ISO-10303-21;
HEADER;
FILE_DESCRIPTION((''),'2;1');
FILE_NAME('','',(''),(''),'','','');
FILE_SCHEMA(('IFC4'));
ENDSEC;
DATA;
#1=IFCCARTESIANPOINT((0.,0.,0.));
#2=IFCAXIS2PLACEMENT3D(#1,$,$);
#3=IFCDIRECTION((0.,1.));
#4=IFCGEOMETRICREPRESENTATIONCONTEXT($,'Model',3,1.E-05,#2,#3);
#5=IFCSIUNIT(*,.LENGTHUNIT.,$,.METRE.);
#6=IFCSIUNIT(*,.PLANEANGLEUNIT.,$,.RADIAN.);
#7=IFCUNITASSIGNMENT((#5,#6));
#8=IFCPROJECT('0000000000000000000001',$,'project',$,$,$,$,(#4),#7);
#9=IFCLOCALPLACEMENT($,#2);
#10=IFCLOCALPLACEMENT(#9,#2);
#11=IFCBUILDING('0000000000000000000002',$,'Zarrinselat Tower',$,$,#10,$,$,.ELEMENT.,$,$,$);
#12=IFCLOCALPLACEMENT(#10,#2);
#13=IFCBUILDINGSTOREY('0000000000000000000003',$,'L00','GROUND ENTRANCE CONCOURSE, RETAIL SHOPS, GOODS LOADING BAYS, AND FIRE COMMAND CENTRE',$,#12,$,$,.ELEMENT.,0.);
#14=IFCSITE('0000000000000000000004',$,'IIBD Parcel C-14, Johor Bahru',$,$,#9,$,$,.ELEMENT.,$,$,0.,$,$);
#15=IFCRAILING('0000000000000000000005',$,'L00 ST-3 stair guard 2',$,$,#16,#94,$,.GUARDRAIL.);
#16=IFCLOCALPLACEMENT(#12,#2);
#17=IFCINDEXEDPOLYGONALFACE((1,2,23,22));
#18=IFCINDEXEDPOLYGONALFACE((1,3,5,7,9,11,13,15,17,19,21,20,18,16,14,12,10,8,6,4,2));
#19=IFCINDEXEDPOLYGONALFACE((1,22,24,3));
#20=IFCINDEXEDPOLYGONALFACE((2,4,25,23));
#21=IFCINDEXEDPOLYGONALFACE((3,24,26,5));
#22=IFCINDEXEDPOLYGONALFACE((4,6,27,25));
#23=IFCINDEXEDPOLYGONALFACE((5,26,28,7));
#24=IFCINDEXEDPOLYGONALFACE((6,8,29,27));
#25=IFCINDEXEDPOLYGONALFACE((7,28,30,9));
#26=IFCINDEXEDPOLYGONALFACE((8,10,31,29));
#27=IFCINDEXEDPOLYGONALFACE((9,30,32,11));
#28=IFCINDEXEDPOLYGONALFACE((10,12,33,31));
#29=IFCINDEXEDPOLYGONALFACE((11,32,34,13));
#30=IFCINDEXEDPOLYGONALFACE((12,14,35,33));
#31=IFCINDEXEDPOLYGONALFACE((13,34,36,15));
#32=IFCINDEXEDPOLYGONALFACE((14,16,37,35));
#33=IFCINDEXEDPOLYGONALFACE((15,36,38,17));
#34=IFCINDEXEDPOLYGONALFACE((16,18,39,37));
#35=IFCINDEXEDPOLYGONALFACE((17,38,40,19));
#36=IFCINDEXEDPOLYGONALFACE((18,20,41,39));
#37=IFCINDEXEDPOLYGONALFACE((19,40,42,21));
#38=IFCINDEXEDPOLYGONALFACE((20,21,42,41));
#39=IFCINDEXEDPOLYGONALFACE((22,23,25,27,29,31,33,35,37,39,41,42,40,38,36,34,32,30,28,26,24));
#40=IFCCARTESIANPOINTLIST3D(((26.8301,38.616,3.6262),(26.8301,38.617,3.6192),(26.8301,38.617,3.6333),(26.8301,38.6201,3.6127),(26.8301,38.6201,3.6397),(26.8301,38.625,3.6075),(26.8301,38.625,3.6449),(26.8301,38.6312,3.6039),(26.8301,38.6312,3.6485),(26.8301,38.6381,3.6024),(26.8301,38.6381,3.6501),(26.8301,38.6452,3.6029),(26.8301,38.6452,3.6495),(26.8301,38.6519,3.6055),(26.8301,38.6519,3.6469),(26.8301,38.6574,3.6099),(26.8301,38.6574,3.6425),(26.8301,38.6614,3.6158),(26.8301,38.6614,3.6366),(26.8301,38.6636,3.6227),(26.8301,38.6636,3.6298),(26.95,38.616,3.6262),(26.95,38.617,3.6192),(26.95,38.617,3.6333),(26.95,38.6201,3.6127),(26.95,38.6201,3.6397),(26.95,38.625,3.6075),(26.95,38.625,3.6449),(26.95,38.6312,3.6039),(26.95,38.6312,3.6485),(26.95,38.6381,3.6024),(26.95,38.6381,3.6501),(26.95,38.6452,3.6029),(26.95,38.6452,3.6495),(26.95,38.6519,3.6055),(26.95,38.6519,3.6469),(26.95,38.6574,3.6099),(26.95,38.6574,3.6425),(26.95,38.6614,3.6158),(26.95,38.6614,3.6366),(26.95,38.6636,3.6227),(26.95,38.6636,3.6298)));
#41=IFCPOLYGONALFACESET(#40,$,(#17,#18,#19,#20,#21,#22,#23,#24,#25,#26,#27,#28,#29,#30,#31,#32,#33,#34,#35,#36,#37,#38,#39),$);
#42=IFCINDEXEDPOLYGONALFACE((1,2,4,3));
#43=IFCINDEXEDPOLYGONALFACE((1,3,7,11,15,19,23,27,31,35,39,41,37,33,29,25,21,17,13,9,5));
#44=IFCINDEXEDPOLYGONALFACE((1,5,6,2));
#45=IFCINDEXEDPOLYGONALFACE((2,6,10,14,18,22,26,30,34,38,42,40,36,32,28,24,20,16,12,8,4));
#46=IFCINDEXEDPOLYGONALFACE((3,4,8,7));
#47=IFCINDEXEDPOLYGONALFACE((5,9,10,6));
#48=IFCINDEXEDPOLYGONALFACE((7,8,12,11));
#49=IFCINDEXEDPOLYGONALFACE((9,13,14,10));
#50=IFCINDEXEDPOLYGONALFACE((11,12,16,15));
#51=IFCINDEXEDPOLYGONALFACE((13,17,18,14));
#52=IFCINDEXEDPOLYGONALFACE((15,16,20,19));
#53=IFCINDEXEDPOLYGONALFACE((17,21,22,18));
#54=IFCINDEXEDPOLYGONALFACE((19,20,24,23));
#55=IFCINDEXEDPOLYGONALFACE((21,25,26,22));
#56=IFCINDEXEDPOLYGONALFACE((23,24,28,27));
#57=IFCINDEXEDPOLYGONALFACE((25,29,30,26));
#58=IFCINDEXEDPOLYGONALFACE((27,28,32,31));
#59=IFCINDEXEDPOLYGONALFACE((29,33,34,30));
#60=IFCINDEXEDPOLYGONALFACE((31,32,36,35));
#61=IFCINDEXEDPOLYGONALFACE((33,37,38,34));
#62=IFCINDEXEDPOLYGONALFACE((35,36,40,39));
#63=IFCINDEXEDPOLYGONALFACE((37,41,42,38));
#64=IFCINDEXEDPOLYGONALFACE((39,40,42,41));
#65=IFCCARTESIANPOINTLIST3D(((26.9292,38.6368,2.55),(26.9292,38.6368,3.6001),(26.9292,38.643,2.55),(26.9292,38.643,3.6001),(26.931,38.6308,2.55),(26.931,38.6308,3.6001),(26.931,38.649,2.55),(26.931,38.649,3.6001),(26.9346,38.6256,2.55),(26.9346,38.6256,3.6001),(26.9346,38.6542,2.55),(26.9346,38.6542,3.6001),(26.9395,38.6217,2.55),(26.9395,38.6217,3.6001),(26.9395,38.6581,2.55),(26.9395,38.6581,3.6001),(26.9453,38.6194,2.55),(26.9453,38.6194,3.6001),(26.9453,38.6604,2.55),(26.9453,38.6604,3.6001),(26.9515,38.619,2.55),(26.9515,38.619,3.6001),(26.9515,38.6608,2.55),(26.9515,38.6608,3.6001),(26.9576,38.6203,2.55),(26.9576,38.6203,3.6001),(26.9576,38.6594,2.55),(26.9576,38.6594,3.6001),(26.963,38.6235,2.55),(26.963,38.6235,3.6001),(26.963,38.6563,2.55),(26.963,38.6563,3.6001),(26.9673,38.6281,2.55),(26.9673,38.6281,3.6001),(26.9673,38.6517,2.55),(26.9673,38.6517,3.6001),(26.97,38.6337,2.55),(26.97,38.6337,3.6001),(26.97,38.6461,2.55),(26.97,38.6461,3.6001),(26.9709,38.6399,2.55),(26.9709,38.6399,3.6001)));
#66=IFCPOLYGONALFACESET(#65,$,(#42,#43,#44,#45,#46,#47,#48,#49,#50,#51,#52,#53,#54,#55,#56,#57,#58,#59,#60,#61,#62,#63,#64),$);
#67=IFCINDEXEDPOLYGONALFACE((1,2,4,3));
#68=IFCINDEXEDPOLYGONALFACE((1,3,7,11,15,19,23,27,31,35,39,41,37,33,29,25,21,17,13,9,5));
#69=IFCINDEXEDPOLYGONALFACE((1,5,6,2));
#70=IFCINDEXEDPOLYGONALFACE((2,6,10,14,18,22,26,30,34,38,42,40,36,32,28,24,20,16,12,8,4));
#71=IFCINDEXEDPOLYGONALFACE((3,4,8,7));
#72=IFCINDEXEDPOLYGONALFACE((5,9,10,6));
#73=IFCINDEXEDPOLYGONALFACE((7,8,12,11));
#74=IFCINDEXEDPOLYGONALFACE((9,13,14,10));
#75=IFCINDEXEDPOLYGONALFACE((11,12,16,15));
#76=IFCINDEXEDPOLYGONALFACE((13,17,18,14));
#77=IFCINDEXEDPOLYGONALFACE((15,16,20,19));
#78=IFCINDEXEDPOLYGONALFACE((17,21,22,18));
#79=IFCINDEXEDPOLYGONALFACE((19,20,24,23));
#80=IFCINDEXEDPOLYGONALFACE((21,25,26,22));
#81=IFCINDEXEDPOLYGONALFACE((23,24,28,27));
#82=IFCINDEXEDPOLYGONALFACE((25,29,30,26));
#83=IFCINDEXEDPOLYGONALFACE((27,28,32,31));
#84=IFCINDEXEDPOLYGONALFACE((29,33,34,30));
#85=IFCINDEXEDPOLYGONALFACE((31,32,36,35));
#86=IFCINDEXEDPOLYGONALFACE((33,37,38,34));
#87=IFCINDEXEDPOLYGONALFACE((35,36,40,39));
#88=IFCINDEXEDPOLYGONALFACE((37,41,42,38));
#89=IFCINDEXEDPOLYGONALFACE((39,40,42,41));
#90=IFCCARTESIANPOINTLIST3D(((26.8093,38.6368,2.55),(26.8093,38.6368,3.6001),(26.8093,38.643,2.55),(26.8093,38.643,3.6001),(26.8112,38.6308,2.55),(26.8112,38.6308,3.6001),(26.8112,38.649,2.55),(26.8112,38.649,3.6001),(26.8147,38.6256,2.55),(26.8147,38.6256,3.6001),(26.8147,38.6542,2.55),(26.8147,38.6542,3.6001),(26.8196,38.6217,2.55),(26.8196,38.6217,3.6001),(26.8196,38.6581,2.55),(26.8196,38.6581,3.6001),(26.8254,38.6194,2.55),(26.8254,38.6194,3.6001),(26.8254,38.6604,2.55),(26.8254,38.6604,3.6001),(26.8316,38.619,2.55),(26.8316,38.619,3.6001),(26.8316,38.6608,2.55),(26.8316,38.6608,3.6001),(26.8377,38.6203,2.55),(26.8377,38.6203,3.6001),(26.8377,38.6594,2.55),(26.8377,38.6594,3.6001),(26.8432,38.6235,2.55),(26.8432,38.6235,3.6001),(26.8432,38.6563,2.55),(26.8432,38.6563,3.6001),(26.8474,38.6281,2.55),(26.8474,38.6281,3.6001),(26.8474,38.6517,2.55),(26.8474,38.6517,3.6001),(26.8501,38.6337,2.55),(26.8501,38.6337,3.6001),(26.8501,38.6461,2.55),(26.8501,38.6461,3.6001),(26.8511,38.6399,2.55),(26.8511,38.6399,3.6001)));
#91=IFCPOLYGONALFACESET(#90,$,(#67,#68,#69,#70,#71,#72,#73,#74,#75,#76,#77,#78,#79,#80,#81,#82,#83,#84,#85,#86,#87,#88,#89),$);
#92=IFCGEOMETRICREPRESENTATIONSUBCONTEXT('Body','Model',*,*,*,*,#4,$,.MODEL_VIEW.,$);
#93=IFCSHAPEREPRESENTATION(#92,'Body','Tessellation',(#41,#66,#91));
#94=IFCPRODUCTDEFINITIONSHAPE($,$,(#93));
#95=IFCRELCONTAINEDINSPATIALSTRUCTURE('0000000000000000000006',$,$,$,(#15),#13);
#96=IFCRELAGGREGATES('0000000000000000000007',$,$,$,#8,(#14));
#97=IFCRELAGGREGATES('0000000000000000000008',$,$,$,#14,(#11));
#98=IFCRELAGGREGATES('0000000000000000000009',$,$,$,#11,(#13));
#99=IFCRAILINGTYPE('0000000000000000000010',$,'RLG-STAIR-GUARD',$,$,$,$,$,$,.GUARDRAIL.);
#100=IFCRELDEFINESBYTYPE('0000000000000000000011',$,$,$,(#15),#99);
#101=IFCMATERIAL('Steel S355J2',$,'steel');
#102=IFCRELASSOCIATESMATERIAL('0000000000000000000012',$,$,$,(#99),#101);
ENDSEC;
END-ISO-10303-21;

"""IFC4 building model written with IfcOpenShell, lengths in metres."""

from ifc_helpers import new_model, si_unit, direction, frame, origin, origin_2d, place, context, subcontext, project, spatial, circle, extrude, material, type_object, element, save


model = new_model("IFC4")

# Units and contexts
model_context = context("Model", 3, precision=1e-05, world=origin(), true_north=direction((0.0, 1.0)))
body_context = subcontext(model_context, "Body", "Model", "MODEL_VIEW")
ifc_project = project(units=[si_unit("LENGTHUNIT", "METRE"), si_unit("PLANEANGLEUNIT", "RADIAN")], contexts=[model_context])

# Site, building, storey
site_placement = place(None, origin())
site = spatial("IfcSite", under=ifc_project, at=site_placement, Name="IIBD Parcel C-14, Johor Bahru", CompositionType="ELEMENT", RefElevation=0.0)
building_placement = place(site_placement, origin())
building = spatial("IfcBuilding", under=site, at=building_placement, Name="Zarrinselat Tower", CompositionType="ELEMENT")
storey_placement = place(building_placement, origin())
storey = spatial("IfcBuildingStorey", under=building, at=storey_placement, Name="L00", Description="GROUND ENTRANCE CONCOURSE, RETAIL SHOPS, GOODS LOADING BAYS, AND FIRE COMMAND CENTRE", CompositionType="ELEMENT", Elevation=0.0)

# Railing
ifc_material_1 = material(Name="Steel S355J2", Category="steel")
railing_type_1 = type_object("IfcRailingType", Name="RLG-STAIR-GUARD", PredefinedType="GUARDRAIL", material=ifc_material_1)
railing_1_placement = place(storey_placement, frame((26.95, 38.6399, 2.55)))
element("IfcRailing", 1, at=railing_1_placement, inside=storey, type_object=railing_type_1, Name="L00 ST-3 stair guard 2", PredefinedType="GUARDRAIL", context=body_context, shape_type="SweptSolid", body=[
    extrude(circle(Radius=0.0239, at=origin_2d()), frame((0.0, 0.0, 1.0762), z_axis=(-1.0, 0.0, 0.0), x_axis=(0.0, -1.0, 0.0)), (0.0, 0.0, 1.0), 0.1199),
    extrude(circle(Radius=0.021, at=origin_2d()), origin(), (0.0, 0.0, 1.0), 1.05),
    extrude(circle(Radius=0.021, at=origin_2d()), frame((-0.1199, 0.0, 0.0)), (0.0, 0.0, 1.0), 1.05),
])

save(model, "model.ifc")
